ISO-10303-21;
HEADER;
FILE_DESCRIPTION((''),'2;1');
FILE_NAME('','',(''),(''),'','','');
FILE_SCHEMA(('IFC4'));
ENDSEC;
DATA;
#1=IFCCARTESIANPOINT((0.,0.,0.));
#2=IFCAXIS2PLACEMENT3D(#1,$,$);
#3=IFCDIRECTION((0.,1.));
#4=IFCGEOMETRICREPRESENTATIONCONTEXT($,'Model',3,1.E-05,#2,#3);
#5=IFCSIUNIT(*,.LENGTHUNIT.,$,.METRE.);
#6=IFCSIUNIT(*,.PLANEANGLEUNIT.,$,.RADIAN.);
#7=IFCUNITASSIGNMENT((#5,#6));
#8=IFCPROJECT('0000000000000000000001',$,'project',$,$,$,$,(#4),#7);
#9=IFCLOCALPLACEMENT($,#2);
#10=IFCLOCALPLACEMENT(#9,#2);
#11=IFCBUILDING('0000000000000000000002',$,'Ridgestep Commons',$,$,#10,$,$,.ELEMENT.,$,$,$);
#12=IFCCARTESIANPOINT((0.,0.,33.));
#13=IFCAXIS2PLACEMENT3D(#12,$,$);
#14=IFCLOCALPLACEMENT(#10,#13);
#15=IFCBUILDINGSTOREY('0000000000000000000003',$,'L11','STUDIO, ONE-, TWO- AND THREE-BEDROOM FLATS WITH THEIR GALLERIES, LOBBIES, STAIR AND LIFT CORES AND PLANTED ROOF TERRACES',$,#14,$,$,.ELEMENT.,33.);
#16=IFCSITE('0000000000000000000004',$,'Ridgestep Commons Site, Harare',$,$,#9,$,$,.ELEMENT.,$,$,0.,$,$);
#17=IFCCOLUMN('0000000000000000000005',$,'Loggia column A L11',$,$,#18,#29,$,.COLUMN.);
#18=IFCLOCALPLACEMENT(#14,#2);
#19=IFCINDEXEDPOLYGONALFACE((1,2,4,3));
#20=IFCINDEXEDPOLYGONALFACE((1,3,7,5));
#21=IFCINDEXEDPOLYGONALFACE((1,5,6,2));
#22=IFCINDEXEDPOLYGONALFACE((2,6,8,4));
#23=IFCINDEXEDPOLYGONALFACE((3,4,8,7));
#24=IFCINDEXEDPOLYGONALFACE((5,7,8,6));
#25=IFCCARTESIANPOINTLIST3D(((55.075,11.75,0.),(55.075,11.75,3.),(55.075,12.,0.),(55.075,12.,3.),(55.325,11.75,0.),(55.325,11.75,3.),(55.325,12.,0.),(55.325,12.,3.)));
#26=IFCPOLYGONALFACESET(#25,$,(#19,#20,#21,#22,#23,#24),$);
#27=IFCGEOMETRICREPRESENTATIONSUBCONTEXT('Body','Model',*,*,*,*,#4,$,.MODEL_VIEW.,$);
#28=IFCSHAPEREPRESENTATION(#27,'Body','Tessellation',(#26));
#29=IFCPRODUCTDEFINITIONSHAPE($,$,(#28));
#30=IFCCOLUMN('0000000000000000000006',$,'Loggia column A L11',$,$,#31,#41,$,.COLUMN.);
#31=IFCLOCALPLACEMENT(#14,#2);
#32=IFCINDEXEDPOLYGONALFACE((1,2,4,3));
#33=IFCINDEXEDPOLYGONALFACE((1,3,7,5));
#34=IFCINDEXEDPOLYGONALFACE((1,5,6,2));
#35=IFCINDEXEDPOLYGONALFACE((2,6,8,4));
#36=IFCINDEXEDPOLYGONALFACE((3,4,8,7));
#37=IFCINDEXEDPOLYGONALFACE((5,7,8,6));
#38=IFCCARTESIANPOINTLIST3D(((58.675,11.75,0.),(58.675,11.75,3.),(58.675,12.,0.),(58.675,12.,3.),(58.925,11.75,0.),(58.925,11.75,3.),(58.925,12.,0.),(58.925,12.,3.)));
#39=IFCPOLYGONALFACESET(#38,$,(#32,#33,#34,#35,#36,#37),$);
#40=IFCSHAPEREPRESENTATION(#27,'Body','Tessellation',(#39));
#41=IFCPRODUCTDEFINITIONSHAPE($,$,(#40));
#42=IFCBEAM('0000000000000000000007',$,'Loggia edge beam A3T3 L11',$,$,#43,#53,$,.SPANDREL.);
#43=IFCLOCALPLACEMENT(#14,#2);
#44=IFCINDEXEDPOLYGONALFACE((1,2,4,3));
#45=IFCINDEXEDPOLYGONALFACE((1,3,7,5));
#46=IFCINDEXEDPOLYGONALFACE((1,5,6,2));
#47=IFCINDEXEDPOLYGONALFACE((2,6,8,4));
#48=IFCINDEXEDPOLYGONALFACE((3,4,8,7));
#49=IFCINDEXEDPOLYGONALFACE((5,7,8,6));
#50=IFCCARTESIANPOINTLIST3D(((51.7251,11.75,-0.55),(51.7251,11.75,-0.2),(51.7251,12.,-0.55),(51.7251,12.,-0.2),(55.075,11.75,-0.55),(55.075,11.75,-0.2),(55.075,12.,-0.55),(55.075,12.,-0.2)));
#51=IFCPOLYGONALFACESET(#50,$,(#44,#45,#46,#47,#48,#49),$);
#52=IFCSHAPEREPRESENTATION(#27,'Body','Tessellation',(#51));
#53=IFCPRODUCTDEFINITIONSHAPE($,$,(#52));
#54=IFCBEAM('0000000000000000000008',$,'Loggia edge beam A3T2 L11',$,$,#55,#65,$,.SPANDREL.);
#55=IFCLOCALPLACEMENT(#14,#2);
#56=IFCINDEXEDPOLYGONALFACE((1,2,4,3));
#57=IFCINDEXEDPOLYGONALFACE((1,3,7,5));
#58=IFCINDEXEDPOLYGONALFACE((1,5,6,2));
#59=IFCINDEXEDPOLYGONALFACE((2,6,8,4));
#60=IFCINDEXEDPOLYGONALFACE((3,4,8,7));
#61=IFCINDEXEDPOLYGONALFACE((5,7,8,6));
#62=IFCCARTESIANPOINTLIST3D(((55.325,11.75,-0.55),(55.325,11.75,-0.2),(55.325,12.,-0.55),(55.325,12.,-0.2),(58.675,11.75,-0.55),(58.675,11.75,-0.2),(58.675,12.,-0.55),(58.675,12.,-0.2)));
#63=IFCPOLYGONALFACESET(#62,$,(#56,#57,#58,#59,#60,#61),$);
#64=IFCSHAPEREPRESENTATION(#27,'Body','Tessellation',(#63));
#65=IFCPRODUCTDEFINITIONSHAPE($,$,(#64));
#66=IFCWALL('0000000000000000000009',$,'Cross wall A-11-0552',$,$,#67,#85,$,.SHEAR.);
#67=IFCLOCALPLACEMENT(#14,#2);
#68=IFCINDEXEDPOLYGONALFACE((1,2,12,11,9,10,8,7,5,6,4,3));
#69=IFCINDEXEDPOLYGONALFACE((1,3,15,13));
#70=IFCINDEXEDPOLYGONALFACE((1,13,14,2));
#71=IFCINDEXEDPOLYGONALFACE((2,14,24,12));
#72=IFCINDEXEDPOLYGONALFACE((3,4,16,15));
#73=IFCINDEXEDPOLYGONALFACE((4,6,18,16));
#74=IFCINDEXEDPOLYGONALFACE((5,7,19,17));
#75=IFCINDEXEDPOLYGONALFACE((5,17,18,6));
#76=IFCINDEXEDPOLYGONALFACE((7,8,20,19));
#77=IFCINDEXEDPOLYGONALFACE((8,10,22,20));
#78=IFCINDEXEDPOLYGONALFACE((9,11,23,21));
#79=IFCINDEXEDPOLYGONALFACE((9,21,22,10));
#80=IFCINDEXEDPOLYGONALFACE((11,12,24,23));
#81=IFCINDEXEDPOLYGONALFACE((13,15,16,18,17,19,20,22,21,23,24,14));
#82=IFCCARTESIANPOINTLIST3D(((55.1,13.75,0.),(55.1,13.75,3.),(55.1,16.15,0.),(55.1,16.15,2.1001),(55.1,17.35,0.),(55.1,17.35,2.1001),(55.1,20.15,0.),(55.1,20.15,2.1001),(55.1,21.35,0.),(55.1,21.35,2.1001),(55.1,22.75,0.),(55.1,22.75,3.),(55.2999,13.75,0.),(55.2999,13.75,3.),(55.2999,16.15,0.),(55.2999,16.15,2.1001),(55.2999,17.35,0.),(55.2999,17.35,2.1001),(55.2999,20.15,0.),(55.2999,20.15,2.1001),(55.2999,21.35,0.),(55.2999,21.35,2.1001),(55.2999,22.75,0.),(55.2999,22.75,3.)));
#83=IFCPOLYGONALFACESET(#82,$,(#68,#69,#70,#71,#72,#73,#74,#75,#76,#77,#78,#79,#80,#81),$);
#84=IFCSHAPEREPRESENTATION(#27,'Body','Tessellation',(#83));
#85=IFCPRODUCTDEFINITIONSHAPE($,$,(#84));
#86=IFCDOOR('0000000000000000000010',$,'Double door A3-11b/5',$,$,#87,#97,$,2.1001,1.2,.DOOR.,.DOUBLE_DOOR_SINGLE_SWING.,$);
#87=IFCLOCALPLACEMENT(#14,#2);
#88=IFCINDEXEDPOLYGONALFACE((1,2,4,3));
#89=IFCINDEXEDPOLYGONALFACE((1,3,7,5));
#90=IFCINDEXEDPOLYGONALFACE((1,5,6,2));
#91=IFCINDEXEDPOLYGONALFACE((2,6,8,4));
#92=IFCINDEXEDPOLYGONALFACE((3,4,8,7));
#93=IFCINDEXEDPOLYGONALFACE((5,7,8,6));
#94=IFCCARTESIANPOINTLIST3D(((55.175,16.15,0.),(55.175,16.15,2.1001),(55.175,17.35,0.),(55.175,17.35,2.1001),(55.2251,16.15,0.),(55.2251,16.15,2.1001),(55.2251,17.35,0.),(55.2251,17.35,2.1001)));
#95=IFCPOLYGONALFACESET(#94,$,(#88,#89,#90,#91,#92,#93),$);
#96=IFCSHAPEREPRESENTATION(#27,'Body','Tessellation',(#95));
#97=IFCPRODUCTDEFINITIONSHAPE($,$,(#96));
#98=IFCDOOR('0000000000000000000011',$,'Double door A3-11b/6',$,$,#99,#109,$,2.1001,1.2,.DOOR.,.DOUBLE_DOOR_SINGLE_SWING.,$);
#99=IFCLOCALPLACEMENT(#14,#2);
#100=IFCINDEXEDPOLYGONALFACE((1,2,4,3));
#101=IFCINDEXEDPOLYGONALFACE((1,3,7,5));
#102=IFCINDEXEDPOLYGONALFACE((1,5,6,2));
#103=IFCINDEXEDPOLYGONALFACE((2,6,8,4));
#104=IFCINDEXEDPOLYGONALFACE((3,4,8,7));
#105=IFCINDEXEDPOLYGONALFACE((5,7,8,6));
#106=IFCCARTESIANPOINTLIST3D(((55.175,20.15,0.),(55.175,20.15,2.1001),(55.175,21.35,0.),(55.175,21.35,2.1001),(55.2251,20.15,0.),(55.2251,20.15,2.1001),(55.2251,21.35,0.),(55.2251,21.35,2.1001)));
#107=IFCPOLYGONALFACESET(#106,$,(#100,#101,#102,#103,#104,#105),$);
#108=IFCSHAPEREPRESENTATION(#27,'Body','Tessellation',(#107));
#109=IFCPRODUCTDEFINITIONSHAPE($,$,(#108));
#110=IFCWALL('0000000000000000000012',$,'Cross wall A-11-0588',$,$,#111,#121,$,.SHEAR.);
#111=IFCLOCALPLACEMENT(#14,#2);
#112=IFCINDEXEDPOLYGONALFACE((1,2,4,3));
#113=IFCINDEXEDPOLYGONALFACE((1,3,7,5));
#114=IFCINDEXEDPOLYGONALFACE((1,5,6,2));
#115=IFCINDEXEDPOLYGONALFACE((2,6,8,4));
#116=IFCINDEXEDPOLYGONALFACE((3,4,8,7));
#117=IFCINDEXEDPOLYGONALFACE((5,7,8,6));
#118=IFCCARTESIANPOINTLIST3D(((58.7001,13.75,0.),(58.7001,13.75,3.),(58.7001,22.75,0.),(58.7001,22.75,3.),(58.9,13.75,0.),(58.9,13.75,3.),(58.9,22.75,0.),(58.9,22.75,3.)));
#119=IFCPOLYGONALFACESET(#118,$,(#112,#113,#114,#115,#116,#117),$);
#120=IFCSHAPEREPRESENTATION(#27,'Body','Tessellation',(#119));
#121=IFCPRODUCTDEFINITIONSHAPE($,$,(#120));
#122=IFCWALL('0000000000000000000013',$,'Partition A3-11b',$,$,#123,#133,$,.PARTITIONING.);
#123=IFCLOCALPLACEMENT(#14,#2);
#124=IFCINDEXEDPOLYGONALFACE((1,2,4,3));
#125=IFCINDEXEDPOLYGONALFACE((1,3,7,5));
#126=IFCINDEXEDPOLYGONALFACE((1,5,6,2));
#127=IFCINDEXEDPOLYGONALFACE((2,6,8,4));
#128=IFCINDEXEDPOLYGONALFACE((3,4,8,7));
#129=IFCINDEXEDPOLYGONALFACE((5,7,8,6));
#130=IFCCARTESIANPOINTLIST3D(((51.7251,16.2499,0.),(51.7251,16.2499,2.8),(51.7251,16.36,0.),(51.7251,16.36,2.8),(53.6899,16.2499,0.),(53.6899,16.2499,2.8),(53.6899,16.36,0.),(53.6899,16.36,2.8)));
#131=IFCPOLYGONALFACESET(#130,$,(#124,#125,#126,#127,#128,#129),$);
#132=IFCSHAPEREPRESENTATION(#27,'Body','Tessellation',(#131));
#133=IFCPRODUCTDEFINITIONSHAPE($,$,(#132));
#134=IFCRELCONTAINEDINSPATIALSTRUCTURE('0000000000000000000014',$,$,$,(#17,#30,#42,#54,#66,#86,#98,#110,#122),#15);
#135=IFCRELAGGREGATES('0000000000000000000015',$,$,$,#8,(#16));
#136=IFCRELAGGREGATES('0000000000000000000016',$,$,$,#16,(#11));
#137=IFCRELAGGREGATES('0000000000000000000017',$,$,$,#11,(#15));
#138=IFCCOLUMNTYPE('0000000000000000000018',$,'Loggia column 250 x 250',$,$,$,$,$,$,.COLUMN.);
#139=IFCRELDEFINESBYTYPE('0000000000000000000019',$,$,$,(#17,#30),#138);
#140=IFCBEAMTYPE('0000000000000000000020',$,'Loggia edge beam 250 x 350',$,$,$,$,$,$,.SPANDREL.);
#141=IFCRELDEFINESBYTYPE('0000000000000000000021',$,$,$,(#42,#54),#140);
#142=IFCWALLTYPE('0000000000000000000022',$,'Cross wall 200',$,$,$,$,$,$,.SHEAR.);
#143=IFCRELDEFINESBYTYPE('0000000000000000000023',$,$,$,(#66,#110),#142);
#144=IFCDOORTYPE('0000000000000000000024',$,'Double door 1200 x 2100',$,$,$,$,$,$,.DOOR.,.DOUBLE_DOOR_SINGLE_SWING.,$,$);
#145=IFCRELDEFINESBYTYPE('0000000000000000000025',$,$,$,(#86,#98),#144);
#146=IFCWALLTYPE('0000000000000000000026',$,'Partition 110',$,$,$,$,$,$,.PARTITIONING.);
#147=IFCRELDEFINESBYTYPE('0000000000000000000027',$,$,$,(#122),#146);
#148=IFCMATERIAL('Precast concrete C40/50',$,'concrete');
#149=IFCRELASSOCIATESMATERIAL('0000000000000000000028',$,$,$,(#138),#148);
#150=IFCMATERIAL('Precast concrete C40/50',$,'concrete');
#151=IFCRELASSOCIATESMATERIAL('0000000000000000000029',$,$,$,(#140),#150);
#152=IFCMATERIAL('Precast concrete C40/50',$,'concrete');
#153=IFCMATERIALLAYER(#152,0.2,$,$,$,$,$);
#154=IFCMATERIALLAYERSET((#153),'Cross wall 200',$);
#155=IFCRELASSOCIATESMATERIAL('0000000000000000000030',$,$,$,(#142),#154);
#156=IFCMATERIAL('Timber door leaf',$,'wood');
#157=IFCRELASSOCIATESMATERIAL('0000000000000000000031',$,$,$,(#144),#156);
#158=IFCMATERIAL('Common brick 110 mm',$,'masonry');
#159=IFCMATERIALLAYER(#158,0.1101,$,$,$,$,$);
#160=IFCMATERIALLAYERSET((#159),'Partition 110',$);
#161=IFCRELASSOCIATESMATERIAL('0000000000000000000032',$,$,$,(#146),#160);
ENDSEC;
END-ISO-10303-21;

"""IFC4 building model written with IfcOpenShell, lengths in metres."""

from ifc_helpers import new_model, si_unit, direction, frame, frame_2d, origin, origin_2d, place, context, subcontext, project, spatial, rectangle, extrude, material, layer, layer_set, material_profile, profile_set, type_object, element, fill, save


model = new_model("IFC4")

# Units and contexts
model_context = context("Model", 3, precision=1e-05, world=origin(), true_north=direction((0.0, 1.0)))
body_context = subcontext(model_context, "Body", "Model", "MODEL_VIEW")
ifc_project = project(units=[si_unit("LENGTHUNIT", "METRE"), si_unit("PLANEANGLEUNIT", "RADIAN")], contexts=[model_context])

# Site, building, storey
site_placement = place(None, origin())
site = spatial("IfcSite", under=ifc_project, at=site_placement, Name="Ridgestep Commons Site, Harare", CompositionType="ELEMENT", RefElevation=0.0)
building_placement = place(site_placement, origin())
building = spatial("IfcBuilding", under=site, at=building_placement, Name="Ridgestep Commons", CompositionType="ELEMENT")
storey_placement = place(building_placement, frame((0.0, 0.0, 33.0)))
storey = spatial("IfcBuildingStorey", under=building, at=storey_placement, Name="L11", Description="STUDIO, ONE-, TWO- AND THREE-BEDROOM FLATS WITH THEIR GALLERIES, LOBBIES, STAIR AND LIFT CORES AND PLANTED ROOF TERRACES", CompositionType="ELEMENT", Elevation=33.0)

# Columns
ifc_material_1 = material(Name="Precast concrete C40/50", Category="concrete")
ifc_material_profile_1 = material_profile(ifc_material_1, rectangle(XDim=0.25, YDim=0.25, at=origin_2d()), Name="PC 250x250")
ifc_profile_set_1 = profile_set([ifc_material_profile_1], Name="Precast concrete C40/50")
column_type = type_object("IfcColumnType", Name="Loggia column 250 x 250", PredefinedType="COLUMN", material=ifc_profile_set_1)
for number, where, z_axis, x_axis, name in (
    (1, (55.2, 11.875, 0.0), (0.0, 0.0, 1.0), (1.0, 0.0, 0.0), "Loggia column A L11"),
    (2, (58.8, 11.875, 0.0), (0.0, 0.0, 1.0), (1.0, 0.0, 0.0), "Loggia column A L11"),
):
    element("IfcColumn", number, at=place(storey_placement, frame(where, z_axis=z_axis, x_axis=x_axis)), inside=storey, type_object=column_type, Name=name, PredefinedType="COLUMN", context=body_context, shape_type="SweptSolid", body=[
        extrude(rectangle(XDim=0.25, YDim=0.25, at=origin_2d()), origin(), (0.0, 0.0, 1.0), 3.0),
    ])

# Beams
ifc_material_2 = material(Name="Precast concrete C40/50", Category="concrete")
ifc_material_profile_2 = material_profile(ifc_material_2, rectangle(XDim=0.25, YDim=0.3501, at=origin_2d()), Name="PC 250x350")
ifc_profile_set_2 = profile_set([ifc_material_profile_2], Name="Precast concrete C40/50")
beam_type = type_object("IfcBeamType", Name="Loggia edge beam 250 x 350", PredefinedType="SPANDREL", material=ifc_profile_set_2)
beam_1_placement = place(storey_placement, frame((51.7251, 11.875, -0.375), z_axis=(1.0, 0.0, 0.0), x_axis=(0.0, 1.0, 0.0)))
element("IfcBeam", 3, at=beam_1_placement, inside=storey, type_object=beam_type, Name="Loggia edge beam A3T3 L11", PredefinedType="SPANDREL", context=body_context, shape_type="SweptSolid", body=[
    extrude(rectangle(XDim=0.25, YDim=0.3501, at=origin_2d()), origin(), (0.0, 0.0, 1.0), 3.3499),
])
beam_2_placement = place(storey_placement, frame((55.325, 11.875, -0.375), z_axis=(1.0, 0.0, 0.0), x_axis=(0.0, 1.0, 0.0)))
element("IfcBeam", 4, at=beam_2_placement, inside=storey, type_object=beam_type, Name="Loggia edge beam A3T2 L11", PredefinedType="SPANDREL", context=body_context, shape_type="SweptSolid", body=[
    extrude(rectangle(XDim=0.25, YDim=0.3501, at=origin_2d()), origin(), (0.0, 0.0, 1.0), 3.3501),
])

# Wall, openings, doors
ifc_material_3 = material(Name="Precast concrete C40/50", Category="concrete")
ifc_layer_1 = layer(ifc_material_3, 0.2)
ifc_layer_set_1 = layer_set([ifc_layer_1], Name="Cross wall 200")
wall_type_1 = type_object("IfcWallType", Name="Cross wall 200", PredefinedType="SHEAR", material=ifc_layer_set_1)
wall_1_placement = place(storey_placement, frame((55.2, 13.75, 0.0), z_axis=(0.0, 0.0, 1.0), x_axis=(0.0, 1.0, 0.0)))
wall_1 = element("IfcWall", 5, at=wall_1_placement, inside=storey, type_object=wall_type_1, Name="Cross wall A-11-0552", PredefinedType="SHEAR", context=body_context, shape_type="SweptSolid", body=[
    extrude(rectangle(XDim=9.0, YDim=0.2, at=frame_2d((4.5, 0.0))), origin(), (0.0, 0.0, 1.0), 3.0),
])
opening_1_placement = place(wall_1_placement, frame((2.3999, 0.0, 0.0)))
opening_1 = element("IfcOpeningElement", 6, at=opening_1_placement, cuts=wall_1, PredefinedType="OPENING", context=body_context, shape_type="SweptSolid", body=[
    extrude(rectangle(XDim=1.2, YDim=2.1001, at=frame_2d((0.6001, 1.05))), frame((0.0, 0.1099, 0.0), z_axis=(0.0, -1.0, 0.0), x_axis=(1.0, 0.0, 0.0)), (0.0, 0.0, 1.0), 0.22),
])
opening_2_placement = place(wall_1_placement, frame((6.3999, 0.0, 0.0)))
opening_2 = element("IfcOpeningElement", 7, at=opening_2_placement, cuts=wall_1, PredefinedType="OPENING", context=body_context, shape_type="SweptSolid", body=[
    extrude(rectangle(XDim=1.2, YDim=2.1001, at=frame_2d((0.6001, 1.05))), frame((0.0, 0.1099, 0.0), z_axis=(0.0, -1.0, 0.0), x_axis=(1.0, 0.0, 0.0)), (0.0, 0.0, 1.0), 0.22),
])
ifc_material_4 = material(Name="Timber door leaf", Category="wood")
door_type_1 = type_object("IfcDoorType", Name="Double door 1200 x 2100", OperationType="DOUBLE_DOOR_SINGLE_SWING", PredefinedType="DOOR", material=ifc_material_4)
door_1_placement = place(opening_1_placement, origin())
door_1 = element("IfcDoor", 8, at=door_1_placement, inside=storey, type_object=door_type_1, Name="Double door A3-11b/5", OperationType="DOUBLE_DOOR_SINGLE_SWING", OverallHeight=2.1001, OverallWidth=1.2, PredefinedType="DOOR", context=body_context, shape_type="SweptSolid", body=[
    extrude(rectangle(XDim=1.2, YDim=2.1001, at=frame_2d((0.6001, 1.05))), frame((0.0, 0.0249, 0.0), z_axis=(0.0, -1.0, 0.0), x_axis=(1.0, 0.0, 0.0)), (0.0, 0.0, 1.0), 0.05),
])
fill(opening_1, door_1)
door_2_placement = place(opening_2_placement, origin())
door_2 = element("IfcDoor", 9, at=door_2_placement, inside=storey, type_object=door_type_1, Name="Double door A3-11b/6", OperationType="DOUBLE_DOOR_SINGLE_SWING", OverallHeight=2.1001, OverallWidth=1.2, PredefinedType="DOOR", context=body_context, shape_type="SweptSolid", body=[
    extrude(rectangle(XDim=1.2, YDim=2.1001, at=frame_2d((0.6001, 1.05))), frame((0.0, 0.0249, 0.0), z_axis=(0.0, -1.0, 0.0), x_axis=(1.0, 0.0, 0.0)), (0.0, 0.0, 1.0), 0.05),
])
fill(opening_2, door_2)

# Walls
wall_2_placement = place(storey_placement, frame((58.8, 13.75, 0.0), z_axis=(0.0, 0.0, 1.0), x_axis=(0.0, 1.0, 0.0)))
element("IfcWall", 10, at=wall_2_placement, inside=storey, type_object=wall_type_1, Name="Cross wall A-11-0588", PredefinedType="SHEAR", context=body_context, shape_type="SweptSolid", body=[
    extrude(rectangle(XDim=9.0, YDim=0.2, at=frame_2d((4.5, 0.0))), origin(), (0.0, 0.0, 1.0), 3.0),
])
ifc_material_5 = material(Name="Common brick 110 mm", Category="masonry")
ifc_layer_2 = layer(ifc_material_5, 0.1101)
ifc_layer_set_2 = layer_set([ifc_layer_2], Name="Partition 110")
wall_type_2 = type_object("IfcWallType", Name="Partition 110", PredefinedType="PARTITIONING", material=ifc_layer_set_2)
wall_3_placement = place(storey_placement, frame((51.7251, 16.3049, 0.0), z_axis=(0.0, 0.0, 1.0), x_axis=(1.0, 0.0, 0.0)))
element("IfcWall", 11, at=wall_3_placement, inside=storey, type_object=wall_type_2, Name="Partition A3-11b", PredefinedType="PARTITIONING", context=body_context, shape_type="SweptSolid", body=[
    extrude(rectangle(XDim=1.9648, YDim=0.1101, at=frame_2d((0.9824, 0.0))), origin(), (0.0, 0.0, 1.0), 2.8),
])

save(model, "model.ifc")
